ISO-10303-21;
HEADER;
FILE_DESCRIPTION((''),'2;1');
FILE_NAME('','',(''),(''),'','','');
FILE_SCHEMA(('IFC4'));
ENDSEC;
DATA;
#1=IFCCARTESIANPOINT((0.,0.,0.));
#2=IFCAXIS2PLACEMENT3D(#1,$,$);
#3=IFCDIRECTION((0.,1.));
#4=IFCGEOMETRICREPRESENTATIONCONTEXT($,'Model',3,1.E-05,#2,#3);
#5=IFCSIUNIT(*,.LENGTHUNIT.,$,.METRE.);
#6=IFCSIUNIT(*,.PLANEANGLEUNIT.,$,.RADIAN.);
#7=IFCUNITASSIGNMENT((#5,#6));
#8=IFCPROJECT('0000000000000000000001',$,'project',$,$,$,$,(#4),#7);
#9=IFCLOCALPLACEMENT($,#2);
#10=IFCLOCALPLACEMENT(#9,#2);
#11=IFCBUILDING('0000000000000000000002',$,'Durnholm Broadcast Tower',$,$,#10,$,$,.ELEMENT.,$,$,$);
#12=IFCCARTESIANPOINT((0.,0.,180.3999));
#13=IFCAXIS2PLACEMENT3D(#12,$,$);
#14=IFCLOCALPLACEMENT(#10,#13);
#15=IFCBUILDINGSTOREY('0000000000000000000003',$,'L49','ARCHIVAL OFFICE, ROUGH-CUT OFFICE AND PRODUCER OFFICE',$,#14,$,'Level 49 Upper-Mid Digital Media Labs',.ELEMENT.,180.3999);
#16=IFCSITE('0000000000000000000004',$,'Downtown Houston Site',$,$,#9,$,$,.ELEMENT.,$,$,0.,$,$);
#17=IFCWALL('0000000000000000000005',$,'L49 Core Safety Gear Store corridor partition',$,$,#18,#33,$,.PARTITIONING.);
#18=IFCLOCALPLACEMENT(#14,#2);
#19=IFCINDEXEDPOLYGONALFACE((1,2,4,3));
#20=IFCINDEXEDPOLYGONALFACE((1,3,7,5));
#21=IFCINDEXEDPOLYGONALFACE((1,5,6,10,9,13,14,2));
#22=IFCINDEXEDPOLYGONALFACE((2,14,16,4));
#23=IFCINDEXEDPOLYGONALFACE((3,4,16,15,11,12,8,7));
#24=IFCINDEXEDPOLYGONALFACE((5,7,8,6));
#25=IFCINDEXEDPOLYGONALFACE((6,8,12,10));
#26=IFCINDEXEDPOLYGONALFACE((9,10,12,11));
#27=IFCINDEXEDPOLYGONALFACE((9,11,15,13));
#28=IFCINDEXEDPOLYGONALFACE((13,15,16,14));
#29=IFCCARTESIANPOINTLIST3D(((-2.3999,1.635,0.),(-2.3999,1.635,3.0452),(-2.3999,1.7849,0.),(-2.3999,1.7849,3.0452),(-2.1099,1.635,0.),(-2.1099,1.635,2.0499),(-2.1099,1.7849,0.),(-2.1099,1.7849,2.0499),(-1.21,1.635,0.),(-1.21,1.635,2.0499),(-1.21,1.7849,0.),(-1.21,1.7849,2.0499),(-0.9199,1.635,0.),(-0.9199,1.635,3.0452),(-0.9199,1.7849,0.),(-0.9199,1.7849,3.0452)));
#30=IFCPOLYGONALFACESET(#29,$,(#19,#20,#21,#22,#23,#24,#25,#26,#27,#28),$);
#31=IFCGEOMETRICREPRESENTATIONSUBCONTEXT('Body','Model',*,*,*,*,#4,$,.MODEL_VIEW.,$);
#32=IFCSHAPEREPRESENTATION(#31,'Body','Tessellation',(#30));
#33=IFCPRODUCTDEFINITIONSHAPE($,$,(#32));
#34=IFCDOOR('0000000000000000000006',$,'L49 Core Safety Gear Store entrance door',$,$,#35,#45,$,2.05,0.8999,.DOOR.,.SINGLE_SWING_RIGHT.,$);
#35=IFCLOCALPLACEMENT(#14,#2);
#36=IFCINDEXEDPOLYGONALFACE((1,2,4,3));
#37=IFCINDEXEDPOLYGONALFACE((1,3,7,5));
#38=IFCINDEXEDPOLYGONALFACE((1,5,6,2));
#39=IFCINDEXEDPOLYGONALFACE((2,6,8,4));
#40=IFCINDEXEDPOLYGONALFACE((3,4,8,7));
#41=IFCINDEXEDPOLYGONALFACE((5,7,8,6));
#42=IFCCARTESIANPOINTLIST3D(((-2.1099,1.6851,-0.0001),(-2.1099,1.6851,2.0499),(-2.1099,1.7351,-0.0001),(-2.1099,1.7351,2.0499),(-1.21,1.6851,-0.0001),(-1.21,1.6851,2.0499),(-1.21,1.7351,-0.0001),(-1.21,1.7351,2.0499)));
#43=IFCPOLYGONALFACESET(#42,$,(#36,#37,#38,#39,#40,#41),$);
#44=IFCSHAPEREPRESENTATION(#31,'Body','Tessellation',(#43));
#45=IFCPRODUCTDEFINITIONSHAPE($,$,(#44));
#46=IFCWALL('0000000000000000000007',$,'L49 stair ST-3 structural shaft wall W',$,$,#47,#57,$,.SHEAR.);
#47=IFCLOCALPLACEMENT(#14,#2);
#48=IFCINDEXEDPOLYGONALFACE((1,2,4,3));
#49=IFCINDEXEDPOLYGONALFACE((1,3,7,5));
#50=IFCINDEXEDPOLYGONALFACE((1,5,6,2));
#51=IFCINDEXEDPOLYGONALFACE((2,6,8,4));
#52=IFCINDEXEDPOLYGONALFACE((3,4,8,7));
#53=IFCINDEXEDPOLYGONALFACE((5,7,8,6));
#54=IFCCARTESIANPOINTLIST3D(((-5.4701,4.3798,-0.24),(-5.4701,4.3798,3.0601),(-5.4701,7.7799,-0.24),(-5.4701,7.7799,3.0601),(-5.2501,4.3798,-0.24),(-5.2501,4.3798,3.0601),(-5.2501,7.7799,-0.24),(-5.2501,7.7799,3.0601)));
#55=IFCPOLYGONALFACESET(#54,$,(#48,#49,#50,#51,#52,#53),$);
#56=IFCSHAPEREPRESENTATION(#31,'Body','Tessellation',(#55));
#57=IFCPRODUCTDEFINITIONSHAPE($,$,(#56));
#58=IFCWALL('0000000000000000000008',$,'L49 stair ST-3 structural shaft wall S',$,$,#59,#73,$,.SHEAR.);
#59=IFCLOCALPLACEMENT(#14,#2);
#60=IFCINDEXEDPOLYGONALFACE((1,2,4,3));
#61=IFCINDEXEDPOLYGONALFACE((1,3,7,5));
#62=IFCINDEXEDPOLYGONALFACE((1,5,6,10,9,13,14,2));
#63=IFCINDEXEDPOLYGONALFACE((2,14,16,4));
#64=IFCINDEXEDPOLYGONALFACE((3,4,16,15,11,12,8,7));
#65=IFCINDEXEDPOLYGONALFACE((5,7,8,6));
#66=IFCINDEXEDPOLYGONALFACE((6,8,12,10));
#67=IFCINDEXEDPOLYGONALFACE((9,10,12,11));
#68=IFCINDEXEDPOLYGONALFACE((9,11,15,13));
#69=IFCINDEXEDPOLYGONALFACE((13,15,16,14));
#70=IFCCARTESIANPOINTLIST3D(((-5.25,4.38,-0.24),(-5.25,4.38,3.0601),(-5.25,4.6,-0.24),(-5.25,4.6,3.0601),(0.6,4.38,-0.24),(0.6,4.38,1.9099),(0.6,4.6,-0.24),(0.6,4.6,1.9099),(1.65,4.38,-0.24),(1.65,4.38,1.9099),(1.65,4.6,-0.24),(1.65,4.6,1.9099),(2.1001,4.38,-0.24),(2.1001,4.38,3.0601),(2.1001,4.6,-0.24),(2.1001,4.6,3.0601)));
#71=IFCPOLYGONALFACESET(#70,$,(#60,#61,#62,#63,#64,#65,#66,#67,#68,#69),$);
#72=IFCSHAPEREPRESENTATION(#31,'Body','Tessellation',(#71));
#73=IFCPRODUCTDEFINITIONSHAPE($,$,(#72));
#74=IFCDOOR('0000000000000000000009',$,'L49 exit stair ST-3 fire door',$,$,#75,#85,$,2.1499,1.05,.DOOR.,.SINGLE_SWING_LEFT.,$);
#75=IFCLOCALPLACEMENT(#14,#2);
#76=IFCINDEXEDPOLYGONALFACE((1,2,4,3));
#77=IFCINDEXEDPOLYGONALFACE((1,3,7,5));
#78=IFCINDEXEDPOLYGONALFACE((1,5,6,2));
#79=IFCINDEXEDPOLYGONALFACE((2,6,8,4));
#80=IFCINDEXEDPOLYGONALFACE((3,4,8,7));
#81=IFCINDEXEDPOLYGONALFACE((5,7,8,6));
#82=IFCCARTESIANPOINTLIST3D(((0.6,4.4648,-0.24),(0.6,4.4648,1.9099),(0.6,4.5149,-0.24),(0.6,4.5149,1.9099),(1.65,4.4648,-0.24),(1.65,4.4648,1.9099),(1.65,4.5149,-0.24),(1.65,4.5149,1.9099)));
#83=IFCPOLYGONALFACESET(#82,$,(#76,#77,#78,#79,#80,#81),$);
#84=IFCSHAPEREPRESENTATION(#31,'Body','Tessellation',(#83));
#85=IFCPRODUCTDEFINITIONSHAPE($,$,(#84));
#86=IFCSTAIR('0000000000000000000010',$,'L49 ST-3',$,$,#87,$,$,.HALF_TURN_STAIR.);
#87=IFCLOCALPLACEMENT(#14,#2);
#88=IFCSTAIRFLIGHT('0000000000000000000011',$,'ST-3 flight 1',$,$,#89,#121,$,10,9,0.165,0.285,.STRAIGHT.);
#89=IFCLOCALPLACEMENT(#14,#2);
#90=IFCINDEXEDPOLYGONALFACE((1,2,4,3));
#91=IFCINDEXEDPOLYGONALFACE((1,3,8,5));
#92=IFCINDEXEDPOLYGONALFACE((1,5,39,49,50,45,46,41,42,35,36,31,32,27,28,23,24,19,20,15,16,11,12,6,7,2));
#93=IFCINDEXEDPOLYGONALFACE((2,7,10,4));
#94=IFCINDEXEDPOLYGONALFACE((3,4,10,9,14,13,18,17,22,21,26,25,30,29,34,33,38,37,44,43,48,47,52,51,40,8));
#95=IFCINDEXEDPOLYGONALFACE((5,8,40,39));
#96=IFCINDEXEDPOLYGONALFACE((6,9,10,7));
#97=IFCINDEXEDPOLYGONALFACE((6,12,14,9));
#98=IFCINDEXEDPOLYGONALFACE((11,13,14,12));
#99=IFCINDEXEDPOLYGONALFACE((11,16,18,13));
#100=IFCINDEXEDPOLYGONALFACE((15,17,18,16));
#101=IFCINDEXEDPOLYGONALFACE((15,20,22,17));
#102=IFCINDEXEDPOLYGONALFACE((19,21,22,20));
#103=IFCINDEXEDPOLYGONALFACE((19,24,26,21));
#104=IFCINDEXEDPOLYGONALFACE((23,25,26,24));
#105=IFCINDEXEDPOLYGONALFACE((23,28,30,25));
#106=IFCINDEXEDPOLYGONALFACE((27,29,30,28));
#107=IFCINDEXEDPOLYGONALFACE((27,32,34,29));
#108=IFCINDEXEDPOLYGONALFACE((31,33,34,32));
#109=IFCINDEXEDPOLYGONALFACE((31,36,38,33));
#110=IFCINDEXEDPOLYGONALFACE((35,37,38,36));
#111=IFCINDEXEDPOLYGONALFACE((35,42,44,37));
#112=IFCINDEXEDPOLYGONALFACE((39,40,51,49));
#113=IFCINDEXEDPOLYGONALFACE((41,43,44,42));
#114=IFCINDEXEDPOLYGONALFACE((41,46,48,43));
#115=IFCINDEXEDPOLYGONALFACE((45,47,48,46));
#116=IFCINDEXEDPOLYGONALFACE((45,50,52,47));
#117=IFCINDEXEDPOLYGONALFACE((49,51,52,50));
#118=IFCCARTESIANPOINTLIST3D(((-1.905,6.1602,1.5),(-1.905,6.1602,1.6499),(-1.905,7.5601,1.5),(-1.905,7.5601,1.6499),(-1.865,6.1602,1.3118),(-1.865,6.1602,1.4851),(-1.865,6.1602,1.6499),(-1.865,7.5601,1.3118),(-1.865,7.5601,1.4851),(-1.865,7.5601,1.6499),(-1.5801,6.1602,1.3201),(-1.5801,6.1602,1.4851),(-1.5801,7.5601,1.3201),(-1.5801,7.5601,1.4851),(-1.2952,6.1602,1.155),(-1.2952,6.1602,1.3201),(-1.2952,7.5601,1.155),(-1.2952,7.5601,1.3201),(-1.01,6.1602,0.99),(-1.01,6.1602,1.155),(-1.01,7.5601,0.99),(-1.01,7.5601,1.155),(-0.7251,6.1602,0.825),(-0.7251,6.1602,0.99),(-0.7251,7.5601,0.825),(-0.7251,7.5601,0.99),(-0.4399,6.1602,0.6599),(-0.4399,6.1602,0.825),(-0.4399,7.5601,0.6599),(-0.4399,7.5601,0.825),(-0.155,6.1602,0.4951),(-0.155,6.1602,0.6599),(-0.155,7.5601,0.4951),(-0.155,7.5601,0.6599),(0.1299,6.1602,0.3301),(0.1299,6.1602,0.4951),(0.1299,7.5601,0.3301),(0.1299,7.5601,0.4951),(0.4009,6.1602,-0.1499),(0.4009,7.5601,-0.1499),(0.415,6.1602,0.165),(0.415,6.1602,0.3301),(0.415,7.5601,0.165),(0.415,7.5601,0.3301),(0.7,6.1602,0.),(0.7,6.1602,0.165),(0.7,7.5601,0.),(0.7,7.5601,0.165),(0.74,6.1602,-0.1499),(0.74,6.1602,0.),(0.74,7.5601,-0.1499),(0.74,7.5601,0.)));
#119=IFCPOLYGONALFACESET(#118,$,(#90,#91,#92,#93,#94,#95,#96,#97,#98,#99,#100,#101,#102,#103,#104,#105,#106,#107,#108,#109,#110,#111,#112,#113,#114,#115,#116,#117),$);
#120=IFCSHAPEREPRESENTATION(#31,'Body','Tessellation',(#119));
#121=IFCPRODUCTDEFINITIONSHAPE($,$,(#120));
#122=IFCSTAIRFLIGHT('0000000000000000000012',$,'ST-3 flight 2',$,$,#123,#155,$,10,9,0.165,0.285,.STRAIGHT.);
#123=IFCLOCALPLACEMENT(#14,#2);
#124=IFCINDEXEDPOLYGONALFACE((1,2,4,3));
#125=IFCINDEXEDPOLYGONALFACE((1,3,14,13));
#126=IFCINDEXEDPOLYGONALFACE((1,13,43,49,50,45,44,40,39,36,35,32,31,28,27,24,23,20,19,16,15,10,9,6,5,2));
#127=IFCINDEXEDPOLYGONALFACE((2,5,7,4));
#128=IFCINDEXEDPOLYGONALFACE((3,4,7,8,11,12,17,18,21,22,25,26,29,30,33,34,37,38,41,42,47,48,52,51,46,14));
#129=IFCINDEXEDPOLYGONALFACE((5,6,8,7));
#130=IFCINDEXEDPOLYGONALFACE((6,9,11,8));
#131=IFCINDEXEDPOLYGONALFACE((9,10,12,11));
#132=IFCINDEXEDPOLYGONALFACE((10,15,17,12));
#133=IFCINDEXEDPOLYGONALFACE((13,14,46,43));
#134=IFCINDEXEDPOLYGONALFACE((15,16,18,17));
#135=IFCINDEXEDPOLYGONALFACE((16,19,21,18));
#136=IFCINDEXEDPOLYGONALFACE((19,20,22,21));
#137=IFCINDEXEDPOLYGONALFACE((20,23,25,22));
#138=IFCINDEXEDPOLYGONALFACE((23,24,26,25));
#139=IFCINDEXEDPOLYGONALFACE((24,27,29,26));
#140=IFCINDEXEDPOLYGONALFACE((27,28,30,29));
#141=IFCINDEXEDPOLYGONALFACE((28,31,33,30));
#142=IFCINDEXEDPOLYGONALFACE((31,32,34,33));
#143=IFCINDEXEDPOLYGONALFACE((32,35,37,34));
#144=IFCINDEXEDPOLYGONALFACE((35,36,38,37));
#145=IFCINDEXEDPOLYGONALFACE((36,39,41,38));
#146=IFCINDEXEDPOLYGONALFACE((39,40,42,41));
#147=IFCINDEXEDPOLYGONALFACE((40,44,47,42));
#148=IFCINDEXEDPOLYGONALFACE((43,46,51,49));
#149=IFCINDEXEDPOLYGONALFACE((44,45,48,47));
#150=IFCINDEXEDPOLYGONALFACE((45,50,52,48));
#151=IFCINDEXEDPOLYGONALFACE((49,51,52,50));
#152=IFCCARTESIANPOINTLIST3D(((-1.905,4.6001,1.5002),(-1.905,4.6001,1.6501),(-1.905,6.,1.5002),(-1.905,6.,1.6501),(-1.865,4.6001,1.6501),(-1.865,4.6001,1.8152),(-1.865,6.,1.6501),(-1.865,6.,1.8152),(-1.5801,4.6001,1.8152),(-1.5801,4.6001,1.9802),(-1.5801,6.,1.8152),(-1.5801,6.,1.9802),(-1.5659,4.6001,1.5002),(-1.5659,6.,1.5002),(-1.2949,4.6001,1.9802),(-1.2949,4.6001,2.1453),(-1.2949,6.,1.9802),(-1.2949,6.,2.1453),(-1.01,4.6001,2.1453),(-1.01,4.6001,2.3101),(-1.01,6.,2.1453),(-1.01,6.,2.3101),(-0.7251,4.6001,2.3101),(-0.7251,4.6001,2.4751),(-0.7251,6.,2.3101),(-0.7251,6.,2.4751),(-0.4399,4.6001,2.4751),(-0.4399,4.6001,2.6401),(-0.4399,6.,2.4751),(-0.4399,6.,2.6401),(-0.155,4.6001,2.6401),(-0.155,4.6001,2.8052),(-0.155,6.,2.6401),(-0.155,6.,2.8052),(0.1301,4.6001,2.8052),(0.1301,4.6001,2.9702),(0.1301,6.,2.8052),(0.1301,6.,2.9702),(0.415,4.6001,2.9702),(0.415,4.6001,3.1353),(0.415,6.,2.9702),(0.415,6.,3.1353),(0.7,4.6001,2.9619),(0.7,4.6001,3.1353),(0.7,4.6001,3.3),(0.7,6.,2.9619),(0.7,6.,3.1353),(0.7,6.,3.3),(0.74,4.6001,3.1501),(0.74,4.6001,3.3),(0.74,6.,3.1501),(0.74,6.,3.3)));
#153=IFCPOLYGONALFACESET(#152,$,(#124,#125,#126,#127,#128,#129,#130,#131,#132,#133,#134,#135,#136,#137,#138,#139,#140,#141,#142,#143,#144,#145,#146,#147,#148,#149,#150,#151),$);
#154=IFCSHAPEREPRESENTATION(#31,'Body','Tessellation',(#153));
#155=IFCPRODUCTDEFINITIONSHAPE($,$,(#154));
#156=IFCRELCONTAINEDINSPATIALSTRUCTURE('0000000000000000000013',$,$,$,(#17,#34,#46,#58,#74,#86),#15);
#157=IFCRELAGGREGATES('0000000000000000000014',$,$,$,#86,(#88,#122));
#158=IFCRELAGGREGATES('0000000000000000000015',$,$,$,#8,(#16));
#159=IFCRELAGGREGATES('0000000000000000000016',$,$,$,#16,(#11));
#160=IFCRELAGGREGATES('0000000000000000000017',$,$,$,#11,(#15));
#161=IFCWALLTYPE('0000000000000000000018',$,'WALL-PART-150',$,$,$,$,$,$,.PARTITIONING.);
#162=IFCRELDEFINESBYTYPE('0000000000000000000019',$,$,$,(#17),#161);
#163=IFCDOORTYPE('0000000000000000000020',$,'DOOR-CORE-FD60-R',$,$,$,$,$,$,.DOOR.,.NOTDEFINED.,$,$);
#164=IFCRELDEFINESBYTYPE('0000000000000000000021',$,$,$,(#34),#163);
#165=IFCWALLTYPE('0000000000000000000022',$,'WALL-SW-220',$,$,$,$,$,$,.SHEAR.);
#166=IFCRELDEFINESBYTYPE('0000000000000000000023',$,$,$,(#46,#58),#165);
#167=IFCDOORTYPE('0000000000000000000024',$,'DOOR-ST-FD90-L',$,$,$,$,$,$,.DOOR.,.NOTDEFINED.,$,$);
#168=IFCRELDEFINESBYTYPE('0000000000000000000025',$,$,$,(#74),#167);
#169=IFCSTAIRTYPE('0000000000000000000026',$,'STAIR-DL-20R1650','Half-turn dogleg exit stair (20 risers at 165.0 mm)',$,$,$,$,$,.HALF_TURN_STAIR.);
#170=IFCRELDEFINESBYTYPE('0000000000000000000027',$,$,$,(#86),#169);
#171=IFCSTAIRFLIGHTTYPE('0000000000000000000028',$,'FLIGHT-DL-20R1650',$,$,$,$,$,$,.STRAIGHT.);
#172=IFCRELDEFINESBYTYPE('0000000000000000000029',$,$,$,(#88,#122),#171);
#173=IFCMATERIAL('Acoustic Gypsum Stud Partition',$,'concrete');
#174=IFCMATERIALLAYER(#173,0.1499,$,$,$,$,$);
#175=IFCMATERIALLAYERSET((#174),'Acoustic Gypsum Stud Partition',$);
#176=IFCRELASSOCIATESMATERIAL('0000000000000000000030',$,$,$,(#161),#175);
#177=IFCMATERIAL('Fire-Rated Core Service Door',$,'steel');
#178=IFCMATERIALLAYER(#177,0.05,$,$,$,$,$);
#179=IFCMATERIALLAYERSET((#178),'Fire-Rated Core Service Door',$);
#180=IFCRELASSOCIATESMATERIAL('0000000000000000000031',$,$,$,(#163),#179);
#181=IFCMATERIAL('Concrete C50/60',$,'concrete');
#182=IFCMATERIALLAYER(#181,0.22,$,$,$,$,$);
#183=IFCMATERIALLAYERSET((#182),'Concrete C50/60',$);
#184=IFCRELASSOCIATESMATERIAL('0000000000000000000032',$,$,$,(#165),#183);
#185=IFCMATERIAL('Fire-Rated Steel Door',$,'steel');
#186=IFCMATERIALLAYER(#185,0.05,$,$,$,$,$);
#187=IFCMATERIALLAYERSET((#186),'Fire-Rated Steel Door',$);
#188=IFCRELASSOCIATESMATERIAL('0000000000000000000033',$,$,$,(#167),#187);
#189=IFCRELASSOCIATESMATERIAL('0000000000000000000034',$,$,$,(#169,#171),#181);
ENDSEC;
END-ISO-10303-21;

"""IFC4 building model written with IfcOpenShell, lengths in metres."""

from ifc_helpers import new_model, si_unit, direction, frame, frame_2d, origin, place, context, subcontext, project, spatial, polyline, rectangle, outline, extrude, source, transform, mapped, material, layer, layer_set, type_object, type_shapes, element, fill, aggregate, save


model = new_model("IFC4")

# Units and contexts
model_context = context("Model", 3, precision=1e-05, world=origin(), true_north=direction((0.0, 1.0)))
body_context = subcontext(model_context, "Body", "Model", "MODEL_VIEW")
ifc_project = project(units=[si_unit("LENGTHUNIT", "METRE"), si_unit("PLANEANGLEUNIT", "RADIAN")], contexts=[model_context])

# Site, building, storey
site_placement = place(None, origin())
site = spatial("IfcSite", under=ifc_project, at=site_placement, Name="Downtown Houston Site", CompositionType="ELEMENT", RefElevation=0.0)
building_placement = place(site_placement, origin())
building = spatial("IfcBuilding", under=site, at=building_placement, Name="Durnholm Broadcast Tower", CompositionType="ELEMENT")
storey_placement = place(building_placement, frame((0.0, 0.0, 180.3999)))
storey = spatial("IfcBuildingStorey", under=building, at=storey_placement, Name="L49", Description="ARCHIVAL OFFICE, ROUGH-CUT OFFICE AND PRODUCER OFFICE", LongName="Level 49 Upper-Mid Digital Media Labs", CompositionType="ELEMENT", Elevation=180.3999)

# Shared definitions
ifc_material_1 = material(Name="Fire-Rated Core Service Door", Category="steel")

# Wall, opening, door
ifc_material_2 = material(Name="Acoustic Gypsum Stud Partition", Category="concrete")
ifc_layer_1 = layer(ifc_material_2, 0.1499)
ifc_layer_set_1 = layer_set([ifc_layer_1], Name="Acoustic Gypsum Stud Partition")
wall_type_1 = type_object("IfcWallType", Name="WALL-PART-150", PredefinedType="PARTITIONING", material=ifc_layer_set_1)
ifc_layer_2 = layer(ifc_material_1, 0.05)
ifc_layer_set_2 = layer_set([ifc_layer_2], Name="Fire-Rated Core Service Door")
door_type_1 = type_object("IfcDoorType", Name="DOOR-CORE-FD60-R", OperationType="NOTDEFINED", PredefinedType="DOOR", material=ifc_layer_set_2)
shared_shape_1 = source(origin(), body_context, "Body", "SweptSolid", [
    extrude(rectangle(XDim=0.8999, YDim=2.05, at=frame_2d((0.45, 1.0249))), frame((0.0, 0.0249, 0.0), z_axis=(0.0, -1.0, 0.0), x_axis=(1.0, 0.0, 0.0)), (0.0, 0.0, 1.0), 0.05),
])
type_shapes(door_type_1, [shared_shape_1])
wall_1_placement = place(storey_placement, frame((-0.9199, 1.71, 0.0), z_axis=(0.0, 0.0, 1.0), x_axis=(-1.0, 0.0, 0.0)))
wall_1 = element("IfcWall", 1, at=wall_1_placement, inside=storey, type_object=wall_type_1, Name="L49 Core Safety Gear Store corridor partition", PredefinedType="PARTITIONING", context=body_context, shape_type="SweptSolid", body=[
    extrude(rectangle(XDim=1.48, YDim=0.1499, at=frame_2d((0.74, 0.0))), origin(), (0.0, 0.0, 1.0), 3.0452),
])
opening_1_placement = place(wall_1_placement, frame((0.29, 0.0, 0.0)))
opening_1 = element("IfcOpeningElement", 2, at=opening_1_placement, cuts=wall_1, PredefinedType="OPENING", context=body_context, shape_type="SweptSolid", body=[
    extrude(rectangle(XDim=0.8999, YDim=2.05, at=frame_2d((0.45, 1.0249))), frame((0.0, 0.085, 0.0), z_axis=(0.0, -1.0, 0.0), x_axis=(1.0, 0.0, 0.0)), (0.0, 0.0, 1.0), 0.1699),
])
door_1_placement = place(opening_1_placement, origin())
door_1 = element("IfcDoor", 3, at=door_1_placement, inside=storey, type_object=door_type_1, Name="L49 Core Safety Gear Store entrance door", OperationType="SINGLE_SWING_RIGHT", OverallHeight=2.05, OverallWidth=0.8999, PredefinedType="DOOR", context=body_context, shape_type="MappedRepresentation", body=[
    mapped(shared_shape_1, transform((0.0, 0.0, 0.0), x_axis=(1.0, 0.0, 0.0), y_axis=(0.0, 1.0, 0.0), z_axis=(0.0, 0.0, 1.0), scale=1.0)),
])
fill(opening_1, door_1)

# Wall
ifc_material_3 = material(Name="Concrete C50/60", Category="concrete")
ifc_layer_3 = layer(ifc_material_3, 0.22)
ifc_layer_set_3 = layer_set([ifc_layer_3], Name="Concrete C50/60")
wall_type_2 = type_object("IfcWallType", Name="WALL-SW-220", PredefinedType="SHEAR", material=ifc_layer_set_3)
wall_2_placement = place(storey_placement, frame((-5.3601, 7.78, -0.24), z_axis=(0.0, 0.0, 1.0), x_axis=(0.0, -1.0, 0.0)))
element("IfcWall", 4, at=wall_2_placement, inside=storey, type_object=wall_type_2, Name="L49 stair ST-3 structural shaft wall W", PredefinedType="SHEAR", context=body_context, shape_type="SweptSolid", body=[
    extrude(rectangle(XDim=3.4001, YDim=0.22, at=frame_2d((1.7002, 0.0))), origin(), (0.0, 0.0, 1.0), 3.3),
])

# Wall, opening, door
wall_3_placement = place(storey_placement, frame((-5.25, 4.49, -0.24), z_axis=(0.0, 0.0, 1.0), x_axis=(1.0, 0.0, 0.0)))
wall_3 = element("IfcWall", 5, at=wall_3_placement, inside=storey, type_object=wall_type_2, Name="L49 stair ST-3 structural shaft wall S", PredefinedType="SHEAR", context=body_context, shape_type="SweptSolid", body=[
    extrude(rectangle(XDim=7.3501, YDim=0.22, at=frame_2d((3.675, 0.0))), origin(), (0.0, 0.0, 1.0), 3.3),
])
opening_2_placement = place(wall_3_placement, frame((5.8501, 0.0, 0.0)))
opening_2 = element("IfcOpeningElement", 6, at=opening_2_placement, cuts=wall_3, PredefinedType="OPENING", context=body_context, shape_type="SweptSolid", body=[
    extrude(rectangle(XDim=1.05, YDim=2.1499, at=frame_2d((0.5249, 1.075))), frame((0.0, 0.1201, 0.0), z_axis=(0.0, -1.0, 0.0), x_axis=(1.0, 0.0, 0.0)), (0.0, 0.0, 1.0), 0.24),
])
ifc_material_4 = material(Name="Fire-Rated Steel Door", Category="steel")
ifc_layer_4 = layer(ifc_material_4, 0.05)
ifc_layer_set_4 = layer_set([ifc_layer_4], Name="Fire-Rated Steel Door")
door_type_2 = type_object("IfcDoorType", Name="DOOR-ST-FD90-L", OperationType="NOTDEFINED", PredefinedType="DOOR", material=ifc_layer_set_4)
shared_shape_2 = source(origin(), body_context, "Body", "SweptSolid", [
    extrude(rectangle(XDim=1.05, YDim=2.1499, at=frame_2d((0.5249, 1.075))), frame((0.0, 0.0249, 0.0), z_axis=(0.0, -1.0, 0.0), x_axis=(1.0, 0.0, 0.0)), (0.0, 0.0, 1.0), 0.05),
])
type_shapes(door_type_2, [shared_shape_2])
door_2_placement = place(opening_2_placement, origin())
door_2 = element("IfcDoor", 7, at=door_2_placement, inside=storey, type_object=door_type_2, Name="L49 exit stair ST-3 fire door", OperationType="SINGLE_SWING_LEFT", OverallHeight=2.1499, OverallWidth=1.05, PredefinedType="DOOR", context=body_context, shape_type="MappedRepresentation", body=[
    mapped(shared_shape_2, transform((0.0, 0.0, 0.0), x_axis=(1.0, 0.0, 0.0), y_axis=(0.0, 1.0, 0.0), z_axis=(0.0, 0.0, 1.0), scale=1.0)),
])
fill(opening_2, door_2)

# Stair, stair flights
stair_type = type_object("IfcStairType", Name="STAIR-DL-20R1650", Description="Half-turn dogleg exit stair (20 risers at 165.0 mm)", PredefinedType="HALF_TURN_STAIR", material=ifc_material_3)
stair_placement = place(storey_placement, origin())
stair = element("IfcStair", 8, at=stair_placement, inside=storey, type_object=stair_type, Name="L49 ST-3", PredefinedType="HALF_TURN_STAIR")
stair_flight_type = type_object("IfcStairFlightType", Name="FLIGHT-DL-20R1650", PredefinedType="STRAIGHT", material=ifc_material_3)
stair_flight_1_placement = place(storey_placement, frame((0.7, 6.8601, 0.0), z_axis=(0.0, 0.0, 1.0), x_axis=(-1.0, 0.0, 0.0)))
stair_flight_1 = element("IfcStairFlight", 9, at=stair_flight_1_placement, type_object=stair_flight_type, Name="ST-3 flight 1", NumberOfRisers=10, NumberOfTreads=9, PredefinedType="STRAIGHT", RiserHeight=0.165, TreadLength=0.285, context=body_context, shape_type="SweptSolid", body=[
    extrude(outline(polyline([(-0.04, -0.1499), (-0.04, 0.0), (0.0, 0.0), (0.0, 0.165), (0.2849, 0.165), (0.2849, 0.3301), (0.5701, 0.3301), (0.5701, 0.4951), (0.855, 0.4951), (0.855, 0.6599), (1.1399, 0.6599), (1.1399, 0.825), (1.425, 0.825), (1.425, 0.99), (1.71, 0.99), (1.71, 1.155), (1.9951, 1.155), (1.9951, 1.3201), (2.28, 1.3201), (2.28, 1.4851), (2.5649, 1.4851), (2.5649, 1.6499), (2.605, 1.6499), (2.605, 1.5), (2.5649, 1.3118), (0.2991, -0.1499), (-0.04, -0.1499)])), frame((0.0, 0.7, 0.0), z_axis=(0.0, -1.0, 0.0), x_axis=(1.0, 0.0, 0.0)), (0.0, 0.0, 1.0), 1.3999),
])
stair_flight_2_placement = place(storey_placement, frame((-1.865, 5.3, 1.6501), z_axis=(0.0, 0.0, 1.0), x_axis=(1.0, 0.0, 0.0)))
stair_flight_2 = element("IfcStairFlight", 10, at=stair_flight_2_placement, type_object=stair_flight_type, Name="ST-3 flight 2", NumberOfRisers=10, NumberOfTreads=9, PredefinedType="STRAIGHT", RiserHeight=0.165, TreadLength=0.285, context=body_context, shape_type="SweptSolid", body=[
    extrude(outline(polyline([(-0.04, -0.1499), (-0.04, 0.0), (0.0, 0.0), (0.0, 0.165), (0.2849, 0.165), (0.2849, 0.3301), (0.5701, 0.3301), (0.5701, 0.4951), (0.855, 0.4951), (0.855, 0.6599), (1.1399, 0.6599), (1.1399, 0.825), (1.425, 0.825), (1.425, 0.99), (1.71, 0.99), (1.71, 1.155), (1.9951, 1.155), (1.9951, 1.3201), (2.28, 1.3201), (2.28, 1.4851), (2.5649, 1.4851), (2.5649, 1.6499), (2.605, 1.6499), (2.605, 1.5), (2.5649, 1.3118), (0.2991, -0.1499), (-0.04, -0.1499)])), frame((0.0, 0.7, 0.0), z_axis=(0.0, -1.0, 0.0), x_axis=(1.0, 0.0, 0.0)), (0.0, 0.0, 1.0), 1.3999),
])
aggregate(stair, [stair_flight_1, stair_flight_2])

save(model, "model.ifc")
